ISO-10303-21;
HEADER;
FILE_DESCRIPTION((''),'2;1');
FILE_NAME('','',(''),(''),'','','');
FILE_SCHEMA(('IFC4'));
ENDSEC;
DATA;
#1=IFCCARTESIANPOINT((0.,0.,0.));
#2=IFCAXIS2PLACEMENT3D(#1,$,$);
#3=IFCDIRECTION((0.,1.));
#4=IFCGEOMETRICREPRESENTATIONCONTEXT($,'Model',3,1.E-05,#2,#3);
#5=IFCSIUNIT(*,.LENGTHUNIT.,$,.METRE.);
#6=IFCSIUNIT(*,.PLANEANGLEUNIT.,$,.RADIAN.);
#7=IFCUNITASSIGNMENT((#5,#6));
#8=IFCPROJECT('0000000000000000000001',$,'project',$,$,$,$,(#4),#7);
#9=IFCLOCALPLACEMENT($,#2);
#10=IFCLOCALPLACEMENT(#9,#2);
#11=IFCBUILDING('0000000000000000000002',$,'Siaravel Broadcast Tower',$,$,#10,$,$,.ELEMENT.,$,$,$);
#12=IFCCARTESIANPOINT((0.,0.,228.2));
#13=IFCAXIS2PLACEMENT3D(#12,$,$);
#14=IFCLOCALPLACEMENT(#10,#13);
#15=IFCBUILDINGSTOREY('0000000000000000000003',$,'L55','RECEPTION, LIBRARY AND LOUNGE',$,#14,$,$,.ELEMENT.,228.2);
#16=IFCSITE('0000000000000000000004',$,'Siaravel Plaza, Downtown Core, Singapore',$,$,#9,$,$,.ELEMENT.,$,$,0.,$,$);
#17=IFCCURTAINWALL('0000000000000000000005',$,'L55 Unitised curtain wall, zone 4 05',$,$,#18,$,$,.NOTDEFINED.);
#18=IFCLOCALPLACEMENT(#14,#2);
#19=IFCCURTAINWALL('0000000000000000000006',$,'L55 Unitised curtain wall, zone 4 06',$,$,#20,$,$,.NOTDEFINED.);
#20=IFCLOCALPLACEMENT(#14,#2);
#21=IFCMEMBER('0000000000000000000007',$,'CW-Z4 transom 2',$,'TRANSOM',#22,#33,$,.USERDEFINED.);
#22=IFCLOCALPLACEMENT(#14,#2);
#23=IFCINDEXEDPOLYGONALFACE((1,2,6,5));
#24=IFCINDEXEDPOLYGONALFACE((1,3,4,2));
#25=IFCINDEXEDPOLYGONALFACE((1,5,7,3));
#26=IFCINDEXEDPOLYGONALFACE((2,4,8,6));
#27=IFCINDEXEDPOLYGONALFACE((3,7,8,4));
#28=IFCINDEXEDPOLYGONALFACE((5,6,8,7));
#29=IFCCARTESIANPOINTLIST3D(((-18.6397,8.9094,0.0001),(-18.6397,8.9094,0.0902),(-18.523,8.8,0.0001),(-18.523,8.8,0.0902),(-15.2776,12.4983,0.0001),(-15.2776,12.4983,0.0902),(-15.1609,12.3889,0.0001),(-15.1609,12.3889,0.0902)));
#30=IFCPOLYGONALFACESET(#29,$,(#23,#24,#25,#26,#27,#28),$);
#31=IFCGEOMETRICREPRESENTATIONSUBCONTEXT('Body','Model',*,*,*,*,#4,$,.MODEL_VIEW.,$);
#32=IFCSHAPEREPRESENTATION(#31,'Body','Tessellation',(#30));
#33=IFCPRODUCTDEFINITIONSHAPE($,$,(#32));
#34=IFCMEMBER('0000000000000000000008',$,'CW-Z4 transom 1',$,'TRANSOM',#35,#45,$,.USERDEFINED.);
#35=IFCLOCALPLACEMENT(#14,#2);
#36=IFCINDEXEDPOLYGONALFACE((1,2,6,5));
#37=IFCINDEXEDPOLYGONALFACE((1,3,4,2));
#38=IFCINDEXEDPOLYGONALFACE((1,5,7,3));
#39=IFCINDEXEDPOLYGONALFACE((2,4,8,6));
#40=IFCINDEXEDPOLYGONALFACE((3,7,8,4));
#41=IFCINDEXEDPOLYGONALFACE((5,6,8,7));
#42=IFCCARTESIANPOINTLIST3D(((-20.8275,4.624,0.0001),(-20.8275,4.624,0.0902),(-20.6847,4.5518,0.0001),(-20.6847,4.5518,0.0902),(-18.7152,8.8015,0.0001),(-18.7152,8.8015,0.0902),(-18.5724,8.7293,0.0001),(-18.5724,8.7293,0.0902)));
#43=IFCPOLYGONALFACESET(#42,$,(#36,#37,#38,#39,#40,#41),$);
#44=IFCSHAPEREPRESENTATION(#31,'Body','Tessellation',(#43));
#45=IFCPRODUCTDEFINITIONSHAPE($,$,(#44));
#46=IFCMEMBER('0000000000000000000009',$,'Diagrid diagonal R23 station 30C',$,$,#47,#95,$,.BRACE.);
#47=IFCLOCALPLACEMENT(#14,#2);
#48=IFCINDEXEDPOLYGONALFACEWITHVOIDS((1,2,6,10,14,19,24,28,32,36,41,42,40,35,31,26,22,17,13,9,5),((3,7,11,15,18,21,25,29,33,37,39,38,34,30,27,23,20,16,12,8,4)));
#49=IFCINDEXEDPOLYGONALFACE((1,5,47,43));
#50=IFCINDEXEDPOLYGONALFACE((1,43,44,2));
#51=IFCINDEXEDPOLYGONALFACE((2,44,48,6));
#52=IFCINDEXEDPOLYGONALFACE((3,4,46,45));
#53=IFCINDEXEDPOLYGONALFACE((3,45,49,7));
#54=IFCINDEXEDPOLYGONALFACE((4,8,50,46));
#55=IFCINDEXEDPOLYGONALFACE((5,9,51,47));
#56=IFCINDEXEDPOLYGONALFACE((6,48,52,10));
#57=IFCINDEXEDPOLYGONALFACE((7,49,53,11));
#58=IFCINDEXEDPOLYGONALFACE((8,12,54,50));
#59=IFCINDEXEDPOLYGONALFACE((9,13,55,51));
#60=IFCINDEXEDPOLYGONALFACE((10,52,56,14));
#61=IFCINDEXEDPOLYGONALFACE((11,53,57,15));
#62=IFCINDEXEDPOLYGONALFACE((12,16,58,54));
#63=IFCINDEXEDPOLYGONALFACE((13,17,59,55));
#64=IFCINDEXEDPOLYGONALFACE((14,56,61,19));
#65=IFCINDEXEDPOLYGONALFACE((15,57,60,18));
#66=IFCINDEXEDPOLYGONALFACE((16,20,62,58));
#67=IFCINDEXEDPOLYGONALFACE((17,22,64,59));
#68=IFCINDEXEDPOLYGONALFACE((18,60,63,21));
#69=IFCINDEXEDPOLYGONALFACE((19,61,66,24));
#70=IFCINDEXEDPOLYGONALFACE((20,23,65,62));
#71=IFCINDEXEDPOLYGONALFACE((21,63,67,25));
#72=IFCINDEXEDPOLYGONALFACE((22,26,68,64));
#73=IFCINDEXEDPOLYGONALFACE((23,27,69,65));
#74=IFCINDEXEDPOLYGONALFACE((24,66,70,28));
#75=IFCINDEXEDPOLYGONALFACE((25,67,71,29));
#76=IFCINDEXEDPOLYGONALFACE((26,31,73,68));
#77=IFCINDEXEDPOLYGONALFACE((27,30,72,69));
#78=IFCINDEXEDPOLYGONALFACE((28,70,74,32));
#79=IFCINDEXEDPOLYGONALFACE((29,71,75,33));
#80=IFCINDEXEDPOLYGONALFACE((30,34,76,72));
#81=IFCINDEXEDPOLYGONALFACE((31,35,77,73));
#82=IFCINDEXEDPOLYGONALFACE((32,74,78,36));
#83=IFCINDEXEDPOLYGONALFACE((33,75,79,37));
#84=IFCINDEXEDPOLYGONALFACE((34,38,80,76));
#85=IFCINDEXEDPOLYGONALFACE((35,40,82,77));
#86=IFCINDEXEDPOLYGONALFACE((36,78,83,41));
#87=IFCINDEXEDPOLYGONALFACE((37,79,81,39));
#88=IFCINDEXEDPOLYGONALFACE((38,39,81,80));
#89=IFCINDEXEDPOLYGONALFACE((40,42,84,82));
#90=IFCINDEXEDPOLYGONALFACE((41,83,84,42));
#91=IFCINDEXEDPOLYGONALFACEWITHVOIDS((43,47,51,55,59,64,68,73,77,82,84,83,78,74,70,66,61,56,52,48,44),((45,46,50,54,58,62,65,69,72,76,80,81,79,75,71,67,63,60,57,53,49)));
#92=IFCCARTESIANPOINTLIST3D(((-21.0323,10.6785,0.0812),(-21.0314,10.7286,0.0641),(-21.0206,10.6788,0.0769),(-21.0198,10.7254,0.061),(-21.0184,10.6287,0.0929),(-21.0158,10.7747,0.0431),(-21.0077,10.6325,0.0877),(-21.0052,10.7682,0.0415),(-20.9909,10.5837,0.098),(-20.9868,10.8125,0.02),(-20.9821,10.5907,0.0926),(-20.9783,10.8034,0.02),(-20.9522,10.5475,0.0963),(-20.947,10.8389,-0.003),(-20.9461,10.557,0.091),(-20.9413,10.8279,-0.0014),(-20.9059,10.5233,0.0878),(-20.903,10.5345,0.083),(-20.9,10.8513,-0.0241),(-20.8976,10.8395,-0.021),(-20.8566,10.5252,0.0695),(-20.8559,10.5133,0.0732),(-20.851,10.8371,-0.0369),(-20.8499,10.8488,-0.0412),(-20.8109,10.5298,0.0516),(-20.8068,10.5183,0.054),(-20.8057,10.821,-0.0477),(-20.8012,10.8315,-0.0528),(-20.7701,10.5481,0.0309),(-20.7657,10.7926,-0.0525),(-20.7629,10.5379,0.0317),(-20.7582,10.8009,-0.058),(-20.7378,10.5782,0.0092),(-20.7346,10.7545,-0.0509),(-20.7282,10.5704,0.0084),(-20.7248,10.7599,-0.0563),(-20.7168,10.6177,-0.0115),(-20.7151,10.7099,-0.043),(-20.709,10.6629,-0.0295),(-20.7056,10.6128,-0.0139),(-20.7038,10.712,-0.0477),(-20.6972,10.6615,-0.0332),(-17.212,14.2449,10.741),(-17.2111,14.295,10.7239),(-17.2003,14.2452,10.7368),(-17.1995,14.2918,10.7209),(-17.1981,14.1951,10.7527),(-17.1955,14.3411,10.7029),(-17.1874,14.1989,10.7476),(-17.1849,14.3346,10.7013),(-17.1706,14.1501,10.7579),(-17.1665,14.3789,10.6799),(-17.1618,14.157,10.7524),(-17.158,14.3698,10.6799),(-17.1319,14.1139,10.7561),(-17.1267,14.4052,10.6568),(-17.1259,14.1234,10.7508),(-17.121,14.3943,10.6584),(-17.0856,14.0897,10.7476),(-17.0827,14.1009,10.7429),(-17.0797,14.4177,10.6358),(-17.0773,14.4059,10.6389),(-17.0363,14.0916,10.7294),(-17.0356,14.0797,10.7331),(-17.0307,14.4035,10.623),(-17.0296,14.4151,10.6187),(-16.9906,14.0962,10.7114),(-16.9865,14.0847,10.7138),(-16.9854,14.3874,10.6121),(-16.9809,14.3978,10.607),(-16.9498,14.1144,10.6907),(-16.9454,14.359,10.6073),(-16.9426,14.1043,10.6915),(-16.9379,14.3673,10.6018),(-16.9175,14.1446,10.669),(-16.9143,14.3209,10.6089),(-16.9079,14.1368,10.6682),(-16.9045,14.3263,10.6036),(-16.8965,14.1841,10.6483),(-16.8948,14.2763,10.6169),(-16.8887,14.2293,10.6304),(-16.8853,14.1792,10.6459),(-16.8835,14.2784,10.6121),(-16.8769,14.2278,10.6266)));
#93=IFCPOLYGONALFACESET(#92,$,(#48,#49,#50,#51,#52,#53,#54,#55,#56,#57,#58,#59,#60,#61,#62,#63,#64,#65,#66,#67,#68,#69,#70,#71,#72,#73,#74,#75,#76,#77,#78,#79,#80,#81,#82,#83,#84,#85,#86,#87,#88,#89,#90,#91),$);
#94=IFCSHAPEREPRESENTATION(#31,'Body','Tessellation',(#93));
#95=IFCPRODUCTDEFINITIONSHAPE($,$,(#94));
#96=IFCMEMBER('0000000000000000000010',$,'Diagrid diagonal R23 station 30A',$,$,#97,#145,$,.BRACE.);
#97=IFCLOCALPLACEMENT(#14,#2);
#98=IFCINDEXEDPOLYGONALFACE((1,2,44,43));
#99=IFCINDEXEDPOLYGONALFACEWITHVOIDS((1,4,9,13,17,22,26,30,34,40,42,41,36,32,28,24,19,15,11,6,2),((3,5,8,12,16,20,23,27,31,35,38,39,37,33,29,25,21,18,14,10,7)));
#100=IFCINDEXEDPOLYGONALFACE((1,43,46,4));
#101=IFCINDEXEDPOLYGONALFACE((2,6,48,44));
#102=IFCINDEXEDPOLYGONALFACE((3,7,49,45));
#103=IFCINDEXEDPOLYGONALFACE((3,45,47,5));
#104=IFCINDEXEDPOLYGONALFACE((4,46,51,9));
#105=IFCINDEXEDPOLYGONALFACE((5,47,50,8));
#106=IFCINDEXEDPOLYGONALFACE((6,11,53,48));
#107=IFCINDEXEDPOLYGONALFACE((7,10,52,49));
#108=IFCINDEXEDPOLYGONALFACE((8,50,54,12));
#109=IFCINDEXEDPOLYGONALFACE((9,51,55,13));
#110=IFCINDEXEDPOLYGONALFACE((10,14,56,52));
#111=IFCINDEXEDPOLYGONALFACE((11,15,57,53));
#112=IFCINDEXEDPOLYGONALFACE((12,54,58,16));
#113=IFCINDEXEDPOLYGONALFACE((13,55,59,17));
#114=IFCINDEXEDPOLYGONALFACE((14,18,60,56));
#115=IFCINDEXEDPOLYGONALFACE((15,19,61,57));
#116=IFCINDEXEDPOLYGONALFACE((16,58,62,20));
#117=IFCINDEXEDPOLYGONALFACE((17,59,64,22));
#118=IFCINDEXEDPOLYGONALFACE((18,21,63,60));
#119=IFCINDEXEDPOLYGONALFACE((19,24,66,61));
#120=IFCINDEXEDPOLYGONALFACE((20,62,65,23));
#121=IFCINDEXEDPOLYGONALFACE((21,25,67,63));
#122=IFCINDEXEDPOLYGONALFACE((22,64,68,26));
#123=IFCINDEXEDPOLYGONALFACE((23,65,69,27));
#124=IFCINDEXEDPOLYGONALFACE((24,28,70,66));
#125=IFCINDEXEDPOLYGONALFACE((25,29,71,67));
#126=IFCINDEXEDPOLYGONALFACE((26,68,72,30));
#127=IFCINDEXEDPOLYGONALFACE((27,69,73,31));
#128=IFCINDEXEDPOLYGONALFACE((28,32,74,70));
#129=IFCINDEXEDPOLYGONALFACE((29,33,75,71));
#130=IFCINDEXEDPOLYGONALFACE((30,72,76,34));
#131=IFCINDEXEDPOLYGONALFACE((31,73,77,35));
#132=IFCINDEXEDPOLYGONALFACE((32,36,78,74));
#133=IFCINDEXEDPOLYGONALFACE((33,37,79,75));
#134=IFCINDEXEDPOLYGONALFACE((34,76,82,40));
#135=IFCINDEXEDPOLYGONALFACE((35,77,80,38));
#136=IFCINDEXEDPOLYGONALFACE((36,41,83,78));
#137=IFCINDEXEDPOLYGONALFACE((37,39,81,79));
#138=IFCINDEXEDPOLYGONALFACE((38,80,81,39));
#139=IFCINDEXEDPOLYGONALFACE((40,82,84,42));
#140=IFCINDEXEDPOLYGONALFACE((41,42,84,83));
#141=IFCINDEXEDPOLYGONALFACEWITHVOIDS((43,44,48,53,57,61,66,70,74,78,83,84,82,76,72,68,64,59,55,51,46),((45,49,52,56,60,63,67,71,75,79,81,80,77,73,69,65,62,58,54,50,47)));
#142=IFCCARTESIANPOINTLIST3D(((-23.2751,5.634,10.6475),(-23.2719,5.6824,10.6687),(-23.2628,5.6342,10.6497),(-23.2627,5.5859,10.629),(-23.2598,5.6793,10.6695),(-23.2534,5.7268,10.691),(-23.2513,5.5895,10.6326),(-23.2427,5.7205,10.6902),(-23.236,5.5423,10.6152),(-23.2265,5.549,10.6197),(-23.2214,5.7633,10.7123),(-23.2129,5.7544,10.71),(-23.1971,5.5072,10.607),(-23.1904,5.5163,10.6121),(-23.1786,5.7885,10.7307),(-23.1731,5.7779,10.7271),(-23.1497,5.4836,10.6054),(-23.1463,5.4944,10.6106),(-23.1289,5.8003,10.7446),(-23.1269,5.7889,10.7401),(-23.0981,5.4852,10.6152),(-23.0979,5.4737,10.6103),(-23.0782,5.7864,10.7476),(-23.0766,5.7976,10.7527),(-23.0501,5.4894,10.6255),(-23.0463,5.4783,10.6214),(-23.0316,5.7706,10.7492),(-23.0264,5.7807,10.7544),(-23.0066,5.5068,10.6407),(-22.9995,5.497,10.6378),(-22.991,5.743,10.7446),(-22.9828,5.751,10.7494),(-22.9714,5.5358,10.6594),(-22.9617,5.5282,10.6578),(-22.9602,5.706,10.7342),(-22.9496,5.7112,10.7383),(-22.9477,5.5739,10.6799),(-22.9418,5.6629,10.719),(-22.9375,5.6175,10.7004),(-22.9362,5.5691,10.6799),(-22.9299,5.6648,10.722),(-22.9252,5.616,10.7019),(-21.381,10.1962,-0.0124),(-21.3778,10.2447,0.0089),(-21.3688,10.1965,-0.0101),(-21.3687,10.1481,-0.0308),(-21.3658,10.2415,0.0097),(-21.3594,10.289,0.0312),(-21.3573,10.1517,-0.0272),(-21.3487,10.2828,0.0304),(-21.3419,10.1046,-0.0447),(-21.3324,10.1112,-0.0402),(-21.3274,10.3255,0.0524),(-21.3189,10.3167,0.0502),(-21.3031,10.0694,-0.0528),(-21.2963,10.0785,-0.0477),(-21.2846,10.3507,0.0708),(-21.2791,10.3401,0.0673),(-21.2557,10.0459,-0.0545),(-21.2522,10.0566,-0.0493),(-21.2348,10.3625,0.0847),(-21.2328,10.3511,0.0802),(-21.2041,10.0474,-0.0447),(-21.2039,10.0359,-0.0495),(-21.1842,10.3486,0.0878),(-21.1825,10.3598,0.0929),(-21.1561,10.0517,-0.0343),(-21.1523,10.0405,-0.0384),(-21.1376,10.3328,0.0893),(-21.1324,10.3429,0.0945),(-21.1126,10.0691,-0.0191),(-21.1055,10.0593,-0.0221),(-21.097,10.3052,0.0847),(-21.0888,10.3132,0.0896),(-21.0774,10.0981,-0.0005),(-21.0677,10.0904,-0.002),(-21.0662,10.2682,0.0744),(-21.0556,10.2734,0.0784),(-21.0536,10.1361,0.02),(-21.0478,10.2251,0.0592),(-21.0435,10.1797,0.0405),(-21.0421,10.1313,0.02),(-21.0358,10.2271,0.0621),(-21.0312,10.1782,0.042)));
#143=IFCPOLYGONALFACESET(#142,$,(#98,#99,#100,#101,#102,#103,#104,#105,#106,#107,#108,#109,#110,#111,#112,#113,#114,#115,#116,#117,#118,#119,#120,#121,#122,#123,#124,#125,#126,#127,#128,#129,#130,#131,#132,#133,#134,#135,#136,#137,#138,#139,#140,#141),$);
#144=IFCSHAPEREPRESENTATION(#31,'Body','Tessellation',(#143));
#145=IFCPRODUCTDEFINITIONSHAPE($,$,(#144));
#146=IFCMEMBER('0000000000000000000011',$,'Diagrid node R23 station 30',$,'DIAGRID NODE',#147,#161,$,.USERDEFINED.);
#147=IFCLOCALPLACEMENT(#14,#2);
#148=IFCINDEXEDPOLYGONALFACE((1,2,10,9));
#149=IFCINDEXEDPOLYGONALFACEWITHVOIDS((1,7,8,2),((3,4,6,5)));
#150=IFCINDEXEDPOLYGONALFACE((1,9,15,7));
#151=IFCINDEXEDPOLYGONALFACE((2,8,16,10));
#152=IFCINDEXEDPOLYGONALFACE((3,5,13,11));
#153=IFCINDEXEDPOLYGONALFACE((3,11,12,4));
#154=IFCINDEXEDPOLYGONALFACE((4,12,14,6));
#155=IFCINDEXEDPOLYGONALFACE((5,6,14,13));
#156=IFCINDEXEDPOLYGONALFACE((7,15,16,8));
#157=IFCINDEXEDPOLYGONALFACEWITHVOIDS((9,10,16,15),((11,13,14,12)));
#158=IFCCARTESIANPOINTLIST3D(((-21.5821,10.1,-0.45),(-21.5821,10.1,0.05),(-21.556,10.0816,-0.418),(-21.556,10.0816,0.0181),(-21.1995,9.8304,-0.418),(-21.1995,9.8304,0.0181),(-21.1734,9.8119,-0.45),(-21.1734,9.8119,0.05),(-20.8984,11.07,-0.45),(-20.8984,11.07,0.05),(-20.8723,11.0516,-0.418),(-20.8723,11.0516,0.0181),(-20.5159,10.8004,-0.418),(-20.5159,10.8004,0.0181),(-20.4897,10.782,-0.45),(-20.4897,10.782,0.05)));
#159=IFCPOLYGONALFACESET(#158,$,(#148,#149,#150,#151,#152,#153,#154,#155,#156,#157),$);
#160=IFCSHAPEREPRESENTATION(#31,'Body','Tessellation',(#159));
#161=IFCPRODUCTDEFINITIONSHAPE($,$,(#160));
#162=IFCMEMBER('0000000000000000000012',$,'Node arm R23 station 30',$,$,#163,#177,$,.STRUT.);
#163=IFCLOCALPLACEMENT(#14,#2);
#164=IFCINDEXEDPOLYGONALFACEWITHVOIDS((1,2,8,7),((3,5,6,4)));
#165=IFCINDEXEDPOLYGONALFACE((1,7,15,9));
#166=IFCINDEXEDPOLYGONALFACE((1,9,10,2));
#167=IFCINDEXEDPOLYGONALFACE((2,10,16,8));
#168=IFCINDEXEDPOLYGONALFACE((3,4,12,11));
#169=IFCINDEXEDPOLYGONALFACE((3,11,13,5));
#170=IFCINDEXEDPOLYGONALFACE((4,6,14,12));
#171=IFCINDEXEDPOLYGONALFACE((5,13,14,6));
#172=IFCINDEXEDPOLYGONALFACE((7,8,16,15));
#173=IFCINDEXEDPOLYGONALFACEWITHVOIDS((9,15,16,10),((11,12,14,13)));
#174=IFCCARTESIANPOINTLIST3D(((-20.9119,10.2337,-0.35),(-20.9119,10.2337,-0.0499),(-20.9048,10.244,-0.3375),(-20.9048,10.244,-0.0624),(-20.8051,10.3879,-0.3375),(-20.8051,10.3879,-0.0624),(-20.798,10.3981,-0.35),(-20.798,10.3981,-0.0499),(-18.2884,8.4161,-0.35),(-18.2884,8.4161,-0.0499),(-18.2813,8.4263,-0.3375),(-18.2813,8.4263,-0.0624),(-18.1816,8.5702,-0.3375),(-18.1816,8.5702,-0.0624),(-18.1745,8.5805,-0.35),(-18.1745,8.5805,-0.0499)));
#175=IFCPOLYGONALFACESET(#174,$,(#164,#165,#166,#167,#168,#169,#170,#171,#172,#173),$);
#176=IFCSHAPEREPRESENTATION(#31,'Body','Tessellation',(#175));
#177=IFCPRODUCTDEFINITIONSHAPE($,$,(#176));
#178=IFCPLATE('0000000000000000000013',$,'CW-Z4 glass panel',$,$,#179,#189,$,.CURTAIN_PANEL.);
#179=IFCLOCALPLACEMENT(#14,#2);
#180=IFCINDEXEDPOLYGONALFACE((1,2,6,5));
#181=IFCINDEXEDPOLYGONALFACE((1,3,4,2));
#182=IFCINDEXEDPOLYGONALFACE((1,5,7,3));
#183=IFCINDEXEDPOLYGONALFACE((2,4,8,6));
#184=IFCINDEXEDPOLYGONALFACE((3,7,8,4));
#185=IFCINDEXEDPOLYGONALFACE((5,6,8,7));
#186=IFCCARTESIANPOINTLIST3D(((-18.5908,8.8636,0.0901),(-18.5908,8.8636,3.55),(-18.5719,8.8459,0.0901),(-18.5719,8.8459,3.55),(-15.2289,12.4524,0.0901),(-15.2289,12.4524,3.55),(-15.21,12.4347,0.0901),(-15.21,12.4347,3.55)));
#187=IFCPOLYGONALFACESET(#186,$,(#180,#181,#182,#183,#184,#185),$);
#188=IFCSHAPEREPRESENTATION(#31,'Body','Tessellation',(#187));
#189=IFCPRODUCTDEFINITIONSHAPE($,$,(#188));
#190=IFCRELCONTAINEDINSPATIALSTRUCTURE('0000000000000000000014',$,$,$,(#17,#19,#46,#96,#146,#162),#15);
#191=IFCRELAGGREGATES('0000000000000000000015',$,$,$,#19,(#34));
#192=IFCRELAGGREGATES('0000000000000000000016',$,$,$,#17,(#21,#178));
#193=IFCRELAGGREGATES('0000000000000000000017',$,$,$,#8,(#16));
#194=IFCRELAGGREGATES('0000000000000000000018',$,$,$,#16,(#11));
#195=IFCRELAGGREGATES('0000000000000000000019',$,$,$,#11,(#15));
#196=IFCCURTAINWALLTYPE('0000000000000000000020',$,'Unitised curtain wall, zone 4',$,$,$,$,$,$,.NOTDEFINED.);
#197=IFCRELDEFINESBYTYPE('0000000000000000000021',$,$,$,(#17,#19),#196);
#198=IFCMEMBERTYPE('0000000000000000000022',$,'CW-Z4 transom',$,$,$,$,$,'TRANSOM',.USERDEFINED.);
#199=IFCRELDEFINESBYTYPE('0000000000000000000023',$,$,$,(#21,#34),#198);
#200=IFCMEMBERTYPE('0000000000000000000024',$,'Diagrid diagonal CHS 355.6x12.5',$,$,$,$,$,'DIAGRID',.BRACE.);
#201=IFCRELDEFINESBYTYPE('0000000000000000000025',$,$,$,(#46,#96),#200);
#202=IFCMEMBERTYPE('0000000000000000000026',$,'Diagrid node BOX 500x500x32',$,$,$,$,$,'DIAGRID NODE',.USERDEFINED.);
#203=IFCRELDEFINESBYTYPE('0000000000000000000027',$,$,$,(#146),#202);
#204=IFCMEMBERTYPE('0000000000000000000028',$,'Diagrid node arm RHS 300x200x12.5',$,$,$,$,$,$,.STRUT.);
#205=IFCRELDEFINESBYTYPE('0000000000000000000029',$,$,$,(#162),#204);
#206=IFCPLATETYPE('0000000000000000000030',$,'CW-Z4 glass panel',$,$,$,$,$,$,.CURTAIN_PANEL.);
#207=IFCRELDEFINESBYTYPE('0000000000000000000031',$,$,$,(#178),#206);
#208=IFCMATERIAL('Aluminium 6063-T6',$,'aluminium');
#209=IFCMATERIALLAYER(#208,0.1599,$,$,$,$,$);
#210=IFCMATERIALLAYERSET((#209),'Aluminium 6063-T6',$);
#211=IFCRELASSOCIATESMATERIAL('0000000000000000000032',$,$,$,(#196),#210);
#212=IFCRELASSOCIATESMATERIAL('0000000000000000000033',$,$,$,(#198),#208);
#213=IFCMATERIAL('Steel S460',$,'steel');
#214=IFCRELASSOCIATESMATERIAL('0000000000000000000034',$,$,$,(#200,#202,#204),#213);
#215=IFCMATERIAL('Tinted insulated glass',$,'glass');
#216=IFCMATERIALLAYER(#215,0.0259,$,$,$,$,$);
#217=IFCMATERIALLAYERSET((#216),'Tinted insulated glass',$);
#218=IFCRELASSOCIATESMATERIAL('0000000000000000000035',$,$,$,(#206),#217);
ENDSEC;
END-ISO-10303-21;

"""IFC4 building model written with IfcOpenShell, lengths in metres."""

from ifc_helpers import new_model, si_unit, direction, frame, origin, origin_2d, place, context, subcontext, project, spatial, rectangle, hollow_rectangle, hollow_circle, extrude, material, layer, layer_set, material_profile, profile_set, type_object, element, aggregate, save


model = new_model("IFC4")

# Units and contexts
model_context = context("Model", 3, precision=1e-05, world=origin(), true_north=direction((0.0, 1.0)))
body_context = subcontext(model_context, "Body", "Model", "MODEL_VIEW")
ifc_project = project(units=[si_unit("LENGTHUNIT", "METRE"), si_unit("PLANEANGLEUNIT", "RADIAN")], contexts=[model_context])

# Site, building, storey
site_placement = place(None, origin())
site = spatial("IfcSite", under=ifc_project, at=site_placement, Name="Siaravel Plaza, Downtown Core, Singapore", CompositionType="ELEMENT", RefElevation=0.0)
building_placement = place(site_placement, origin())
building = spatial("IfcBuilding", under=site, at=building_placement, Name="Siaravel Broadcast Tower", CompositionType="ELEMENT")
storey_placement = place(building_placement, frame((0.0, 0.0, 228.2)))
storey = spatial("IfcBuildingStorey", under=building, at=storey_placement, Name="L55", Description="RECEPTION, LIBRARY AND LOUNGE", CompositionType="ELEMENT", Elevation=228.2)

# Curtain wall
ifc_material_1 = material(Name="Aluminium 6063-T6", Category="aluminium")
ifc_layer_1 = layer(ifc_material_1, 0.1599)
ifc_layer_set_1 = layer_set([ifc_layer_1], Name="Aluminium 6063-T6")
curtain_wall_type = type_object("IfcCurtainWallType", Name="Unitised curtain wall, zone 4", PredefinedType="NOTDEFINED", material=ifc_layer_set_1)
curtain_wall_1_placement = place(storey_placement, origin())
curtain_wall_1 = element("IfcCurtainWall", 1, at=curtain_wall_1_placement, inside=storey, type_object=curtain_wall_type, Name="L55 Unitised curtain wall, zone 4 05", PredefinedType="NOTDEFINED")

# Curtain wall
curtain_wall_2_placement = place(storey_placement, origin())
curtain_wall_2 = element("IfcCurtainWall", 2, at=curtain_wall_2_placement, inside=storey, type_object=curtain_wall_type, Name="L55 Unitised curtain wall, zone 4 06", PredefinedType="NOTDEFINED")

# Members
ifc_material_profile_1 = material_profile(ifc_material_1, rectangle(XDim=0.1599, YDim=0.0901, at=origin_2d()))
ifc_profile_set_1 = profile_set([ifc_material_profile_1], Name="Aluminium 6063-T6")
member_type_1 = type_object("IfcMemberType", Name="CW-Z4 transom", ElementType="TRANSOM", PredefinedType="USERDEFINED", material=ifc_profile_set_1)
member_1_placement = place(storey_placement, frame((-15.2192, 12.4436, 0.0452), z_axis=(-0.68367, -0.729791, 0.0), x_axis=(0.729791, -0.68367, 0.0)))
member_1 = element("IfcMember", 3, at=member_1_placement, type_object=member_type_1, Name="CW-Z4 transom 2", ObjectType="TRANSOM", PredefinedType="USERDEFINED", context=body_context, shape_type="SweptSolid", body=[
    extrude(rectangle(XDim=0.1599, YDim=0.0901, at=origin_2d()), origin(), (0.0, 0.0, 1.0), 4.9177),
])
member_2_placement = place(storey_placement, frame((-18.6438, 8.7654, 0.0452), z_axis=(-0.451235, -0.892405, 0.0), x_axis=(0.892405, -0.451235, 0.0)))
member_2 = element("IfcMember", 4, at=member_2_placement, type_object=member_type_1, Name="CW-Z4 transom 1", ObjectType="TRANSOM", PredefinedType="USERDEFINED", context=body_context, shape_type="SweptSolid", body=[
    extrude(rectangle(XDim=0.1599, YDim=0.0901, at=origin_2d()), origin(), (0.0, 0.0, 1.0), 4.6812),
])
aggregate(curtain_wall_2, [member_2])

# Members
ifc_material_2 = material(Name="Steel S460", Category="steel")
ifc_material_profile_2 = material_profile(ifc_material_2, hollow_circle(Radius=0.1777, WallThickness=0.0125, at=origin_2d()))
ifc_profile_set_2 = profile_set([ifc_material_profile_2], Name="Steel S460")
member_type_2 = type_object("IfcMemberType", Name="Diagrid diagonal CHS 355.6x12.5", ElementType="DIAGRID", PredefinedType="BRACE", material=ifc_profile_set_2)
member_3_placement = place(storey_placement, frame((-20.8655, 10.6826, 0.02), z_axis=(0.321788, 0.300401, 0.897893), x_axis=(-0.682398, 0.730981, 0.0)))
element("IfcMember", 5, at=member_3_placement, inside=storey, type_object=member_type_2, Name="Diagrid diagonal R23 station 30C", PredefinedType="BRACE", context=body_context, shape_type="SweptSolid", body=[
    extrude(hollow_circle(Radius=0.1777, WallThickness=0.0125, at=origin_2d()), origin(), (0.0, 0.0, 1.0), 11.8721),
])
member_4_placement = place(storey_placement, frame((-21.2063, 10.1995, 0.02), z_axis=(-0.161211, -0.388315, 0.907316), x_axis=(0.923572, -0.383425, 0.0)))
element("IfcMember", 6, at=member_4_placement, inside=storey, type_object=member_type_2, Name="Diagrid diagonal R23 station 30A", PredefinedType="BRACE", context=body_context, shape_type="SweptSolid", body=[
    extrude(hollow_circle(Radius=0.1777, WallThickness=0.0125, at=origin_2d()), origin(), (0.0, 0.0, 1.0), 11.7488),
])
ifc_material_profile_3 = material_profile(ifc_material_2, hollow_rectangle(XDim=0.5, YDim=0.5, WallThickness=0.032, at=origin_2d()))
ifc_profile_set_3 = profile_set([ifc_material_profile_3], Name="Steel S460")
member_type_3 = type_object("IfcMemberType", Name="Diagrid node BOX 500x500x32", ElementType="DIAGRID NODE", PredefinedType="USERDEFINED", material=ifc_profile_set_3)
member_5_placement = place(storey_placement, frame((-20.6941, 10.926, -0.2), z_axis=(-0.576069, -0.817401, 0.0), x_axis=(0.817401, -0.576069, 0.0)))
element("IfcMember", 7, at=member_5_placement, inside=storey, type_object=member_type_3, Name="Diagrid node R23 station 30", ObjectType="DIAGRID NODE", PredefinedType="USERDEFINED", context=body_context, shape_type="SweptSolid", body=[
    extrude(hollow_rectangle(XDim=0.5, YDim=0.5, WallThickness=0.032, at=origin_2d()), origin(), (0.0, 0.0, 1.0), 1.1868),
])
ifc_material_profile_4 = material_profile(ifc_material_2, hollow_rectangle(XDim=0.2, YDim=0.3, WallThickness=0.0125, at=origin_2d()))
ifc_profile_set_4 = profile_set([ifc_material_profile_4], Name="Steel S460")
member_type_4 = type_object("IfcMemberType", Name="Diagrid node arm RHS 300x200x12.5", PredefinedType="STRUT", material=ifc_profile_set_4)
member_6_placement = place(storey_placement, frame((-18.2314, 8.4983, -0.2), z_axis=(-0.821997, 0.569492, 0.0), x_axis=(-0.569492, -0.821997, 0.0)))
element("IfcMember", 8, at=member_6_placement, inside=storey, type_object=member_type_4, Name="Node arm R23 station 30", PredefinedType="STRUT", context=body_context, shape_type="SweptSolid", body=[
    extrude(hollow_rectangle(XDim=0.2, YDim=0.3, WallThickness=0.0125, at=origin_2d()), origin(), (0.0, 0.0, 1.0), 3.1917),
])

# Plate
ifc_material_3 = material(Name="Tinted insulated glass", Category="glass")
ifc_layer_2 = layer(ifc_material_3, 0.0259)
ifc_layer_set_2 = layer_set([ifc_layer_2], Name="Tinted insulated glass")
plate_type = type_object("IfcPlateType", Name="CW-Z4 glass panel", PredefinedType="CURTAIN_PANEL", material=ifc_layer_set_2)
plate_placement = place(storey_placement, frame((-16.9004, 10.6492, 0.0901), z_axis=(0.0, 0.0, 1.0), x_axis=(-0.683654, -0.729806, 0.0)))
plate = element("IfcPlate", 9, at=plate_placement, type_object=plate_type, Name="CW-Z4 glass panel", PredefinedType="CURTAIN_PANEL", context=body_context, shape_type="SweptSolid", body=[
    extrude(rectangle(XDim=4.9175, YDim=0.0259, at=origin_2d()), origin(), (0.0, 0.0, 1.0), 3.46),
])
aggregate(curtain_wall_1, [member_1, plate])

save(model, "model.ifc")
